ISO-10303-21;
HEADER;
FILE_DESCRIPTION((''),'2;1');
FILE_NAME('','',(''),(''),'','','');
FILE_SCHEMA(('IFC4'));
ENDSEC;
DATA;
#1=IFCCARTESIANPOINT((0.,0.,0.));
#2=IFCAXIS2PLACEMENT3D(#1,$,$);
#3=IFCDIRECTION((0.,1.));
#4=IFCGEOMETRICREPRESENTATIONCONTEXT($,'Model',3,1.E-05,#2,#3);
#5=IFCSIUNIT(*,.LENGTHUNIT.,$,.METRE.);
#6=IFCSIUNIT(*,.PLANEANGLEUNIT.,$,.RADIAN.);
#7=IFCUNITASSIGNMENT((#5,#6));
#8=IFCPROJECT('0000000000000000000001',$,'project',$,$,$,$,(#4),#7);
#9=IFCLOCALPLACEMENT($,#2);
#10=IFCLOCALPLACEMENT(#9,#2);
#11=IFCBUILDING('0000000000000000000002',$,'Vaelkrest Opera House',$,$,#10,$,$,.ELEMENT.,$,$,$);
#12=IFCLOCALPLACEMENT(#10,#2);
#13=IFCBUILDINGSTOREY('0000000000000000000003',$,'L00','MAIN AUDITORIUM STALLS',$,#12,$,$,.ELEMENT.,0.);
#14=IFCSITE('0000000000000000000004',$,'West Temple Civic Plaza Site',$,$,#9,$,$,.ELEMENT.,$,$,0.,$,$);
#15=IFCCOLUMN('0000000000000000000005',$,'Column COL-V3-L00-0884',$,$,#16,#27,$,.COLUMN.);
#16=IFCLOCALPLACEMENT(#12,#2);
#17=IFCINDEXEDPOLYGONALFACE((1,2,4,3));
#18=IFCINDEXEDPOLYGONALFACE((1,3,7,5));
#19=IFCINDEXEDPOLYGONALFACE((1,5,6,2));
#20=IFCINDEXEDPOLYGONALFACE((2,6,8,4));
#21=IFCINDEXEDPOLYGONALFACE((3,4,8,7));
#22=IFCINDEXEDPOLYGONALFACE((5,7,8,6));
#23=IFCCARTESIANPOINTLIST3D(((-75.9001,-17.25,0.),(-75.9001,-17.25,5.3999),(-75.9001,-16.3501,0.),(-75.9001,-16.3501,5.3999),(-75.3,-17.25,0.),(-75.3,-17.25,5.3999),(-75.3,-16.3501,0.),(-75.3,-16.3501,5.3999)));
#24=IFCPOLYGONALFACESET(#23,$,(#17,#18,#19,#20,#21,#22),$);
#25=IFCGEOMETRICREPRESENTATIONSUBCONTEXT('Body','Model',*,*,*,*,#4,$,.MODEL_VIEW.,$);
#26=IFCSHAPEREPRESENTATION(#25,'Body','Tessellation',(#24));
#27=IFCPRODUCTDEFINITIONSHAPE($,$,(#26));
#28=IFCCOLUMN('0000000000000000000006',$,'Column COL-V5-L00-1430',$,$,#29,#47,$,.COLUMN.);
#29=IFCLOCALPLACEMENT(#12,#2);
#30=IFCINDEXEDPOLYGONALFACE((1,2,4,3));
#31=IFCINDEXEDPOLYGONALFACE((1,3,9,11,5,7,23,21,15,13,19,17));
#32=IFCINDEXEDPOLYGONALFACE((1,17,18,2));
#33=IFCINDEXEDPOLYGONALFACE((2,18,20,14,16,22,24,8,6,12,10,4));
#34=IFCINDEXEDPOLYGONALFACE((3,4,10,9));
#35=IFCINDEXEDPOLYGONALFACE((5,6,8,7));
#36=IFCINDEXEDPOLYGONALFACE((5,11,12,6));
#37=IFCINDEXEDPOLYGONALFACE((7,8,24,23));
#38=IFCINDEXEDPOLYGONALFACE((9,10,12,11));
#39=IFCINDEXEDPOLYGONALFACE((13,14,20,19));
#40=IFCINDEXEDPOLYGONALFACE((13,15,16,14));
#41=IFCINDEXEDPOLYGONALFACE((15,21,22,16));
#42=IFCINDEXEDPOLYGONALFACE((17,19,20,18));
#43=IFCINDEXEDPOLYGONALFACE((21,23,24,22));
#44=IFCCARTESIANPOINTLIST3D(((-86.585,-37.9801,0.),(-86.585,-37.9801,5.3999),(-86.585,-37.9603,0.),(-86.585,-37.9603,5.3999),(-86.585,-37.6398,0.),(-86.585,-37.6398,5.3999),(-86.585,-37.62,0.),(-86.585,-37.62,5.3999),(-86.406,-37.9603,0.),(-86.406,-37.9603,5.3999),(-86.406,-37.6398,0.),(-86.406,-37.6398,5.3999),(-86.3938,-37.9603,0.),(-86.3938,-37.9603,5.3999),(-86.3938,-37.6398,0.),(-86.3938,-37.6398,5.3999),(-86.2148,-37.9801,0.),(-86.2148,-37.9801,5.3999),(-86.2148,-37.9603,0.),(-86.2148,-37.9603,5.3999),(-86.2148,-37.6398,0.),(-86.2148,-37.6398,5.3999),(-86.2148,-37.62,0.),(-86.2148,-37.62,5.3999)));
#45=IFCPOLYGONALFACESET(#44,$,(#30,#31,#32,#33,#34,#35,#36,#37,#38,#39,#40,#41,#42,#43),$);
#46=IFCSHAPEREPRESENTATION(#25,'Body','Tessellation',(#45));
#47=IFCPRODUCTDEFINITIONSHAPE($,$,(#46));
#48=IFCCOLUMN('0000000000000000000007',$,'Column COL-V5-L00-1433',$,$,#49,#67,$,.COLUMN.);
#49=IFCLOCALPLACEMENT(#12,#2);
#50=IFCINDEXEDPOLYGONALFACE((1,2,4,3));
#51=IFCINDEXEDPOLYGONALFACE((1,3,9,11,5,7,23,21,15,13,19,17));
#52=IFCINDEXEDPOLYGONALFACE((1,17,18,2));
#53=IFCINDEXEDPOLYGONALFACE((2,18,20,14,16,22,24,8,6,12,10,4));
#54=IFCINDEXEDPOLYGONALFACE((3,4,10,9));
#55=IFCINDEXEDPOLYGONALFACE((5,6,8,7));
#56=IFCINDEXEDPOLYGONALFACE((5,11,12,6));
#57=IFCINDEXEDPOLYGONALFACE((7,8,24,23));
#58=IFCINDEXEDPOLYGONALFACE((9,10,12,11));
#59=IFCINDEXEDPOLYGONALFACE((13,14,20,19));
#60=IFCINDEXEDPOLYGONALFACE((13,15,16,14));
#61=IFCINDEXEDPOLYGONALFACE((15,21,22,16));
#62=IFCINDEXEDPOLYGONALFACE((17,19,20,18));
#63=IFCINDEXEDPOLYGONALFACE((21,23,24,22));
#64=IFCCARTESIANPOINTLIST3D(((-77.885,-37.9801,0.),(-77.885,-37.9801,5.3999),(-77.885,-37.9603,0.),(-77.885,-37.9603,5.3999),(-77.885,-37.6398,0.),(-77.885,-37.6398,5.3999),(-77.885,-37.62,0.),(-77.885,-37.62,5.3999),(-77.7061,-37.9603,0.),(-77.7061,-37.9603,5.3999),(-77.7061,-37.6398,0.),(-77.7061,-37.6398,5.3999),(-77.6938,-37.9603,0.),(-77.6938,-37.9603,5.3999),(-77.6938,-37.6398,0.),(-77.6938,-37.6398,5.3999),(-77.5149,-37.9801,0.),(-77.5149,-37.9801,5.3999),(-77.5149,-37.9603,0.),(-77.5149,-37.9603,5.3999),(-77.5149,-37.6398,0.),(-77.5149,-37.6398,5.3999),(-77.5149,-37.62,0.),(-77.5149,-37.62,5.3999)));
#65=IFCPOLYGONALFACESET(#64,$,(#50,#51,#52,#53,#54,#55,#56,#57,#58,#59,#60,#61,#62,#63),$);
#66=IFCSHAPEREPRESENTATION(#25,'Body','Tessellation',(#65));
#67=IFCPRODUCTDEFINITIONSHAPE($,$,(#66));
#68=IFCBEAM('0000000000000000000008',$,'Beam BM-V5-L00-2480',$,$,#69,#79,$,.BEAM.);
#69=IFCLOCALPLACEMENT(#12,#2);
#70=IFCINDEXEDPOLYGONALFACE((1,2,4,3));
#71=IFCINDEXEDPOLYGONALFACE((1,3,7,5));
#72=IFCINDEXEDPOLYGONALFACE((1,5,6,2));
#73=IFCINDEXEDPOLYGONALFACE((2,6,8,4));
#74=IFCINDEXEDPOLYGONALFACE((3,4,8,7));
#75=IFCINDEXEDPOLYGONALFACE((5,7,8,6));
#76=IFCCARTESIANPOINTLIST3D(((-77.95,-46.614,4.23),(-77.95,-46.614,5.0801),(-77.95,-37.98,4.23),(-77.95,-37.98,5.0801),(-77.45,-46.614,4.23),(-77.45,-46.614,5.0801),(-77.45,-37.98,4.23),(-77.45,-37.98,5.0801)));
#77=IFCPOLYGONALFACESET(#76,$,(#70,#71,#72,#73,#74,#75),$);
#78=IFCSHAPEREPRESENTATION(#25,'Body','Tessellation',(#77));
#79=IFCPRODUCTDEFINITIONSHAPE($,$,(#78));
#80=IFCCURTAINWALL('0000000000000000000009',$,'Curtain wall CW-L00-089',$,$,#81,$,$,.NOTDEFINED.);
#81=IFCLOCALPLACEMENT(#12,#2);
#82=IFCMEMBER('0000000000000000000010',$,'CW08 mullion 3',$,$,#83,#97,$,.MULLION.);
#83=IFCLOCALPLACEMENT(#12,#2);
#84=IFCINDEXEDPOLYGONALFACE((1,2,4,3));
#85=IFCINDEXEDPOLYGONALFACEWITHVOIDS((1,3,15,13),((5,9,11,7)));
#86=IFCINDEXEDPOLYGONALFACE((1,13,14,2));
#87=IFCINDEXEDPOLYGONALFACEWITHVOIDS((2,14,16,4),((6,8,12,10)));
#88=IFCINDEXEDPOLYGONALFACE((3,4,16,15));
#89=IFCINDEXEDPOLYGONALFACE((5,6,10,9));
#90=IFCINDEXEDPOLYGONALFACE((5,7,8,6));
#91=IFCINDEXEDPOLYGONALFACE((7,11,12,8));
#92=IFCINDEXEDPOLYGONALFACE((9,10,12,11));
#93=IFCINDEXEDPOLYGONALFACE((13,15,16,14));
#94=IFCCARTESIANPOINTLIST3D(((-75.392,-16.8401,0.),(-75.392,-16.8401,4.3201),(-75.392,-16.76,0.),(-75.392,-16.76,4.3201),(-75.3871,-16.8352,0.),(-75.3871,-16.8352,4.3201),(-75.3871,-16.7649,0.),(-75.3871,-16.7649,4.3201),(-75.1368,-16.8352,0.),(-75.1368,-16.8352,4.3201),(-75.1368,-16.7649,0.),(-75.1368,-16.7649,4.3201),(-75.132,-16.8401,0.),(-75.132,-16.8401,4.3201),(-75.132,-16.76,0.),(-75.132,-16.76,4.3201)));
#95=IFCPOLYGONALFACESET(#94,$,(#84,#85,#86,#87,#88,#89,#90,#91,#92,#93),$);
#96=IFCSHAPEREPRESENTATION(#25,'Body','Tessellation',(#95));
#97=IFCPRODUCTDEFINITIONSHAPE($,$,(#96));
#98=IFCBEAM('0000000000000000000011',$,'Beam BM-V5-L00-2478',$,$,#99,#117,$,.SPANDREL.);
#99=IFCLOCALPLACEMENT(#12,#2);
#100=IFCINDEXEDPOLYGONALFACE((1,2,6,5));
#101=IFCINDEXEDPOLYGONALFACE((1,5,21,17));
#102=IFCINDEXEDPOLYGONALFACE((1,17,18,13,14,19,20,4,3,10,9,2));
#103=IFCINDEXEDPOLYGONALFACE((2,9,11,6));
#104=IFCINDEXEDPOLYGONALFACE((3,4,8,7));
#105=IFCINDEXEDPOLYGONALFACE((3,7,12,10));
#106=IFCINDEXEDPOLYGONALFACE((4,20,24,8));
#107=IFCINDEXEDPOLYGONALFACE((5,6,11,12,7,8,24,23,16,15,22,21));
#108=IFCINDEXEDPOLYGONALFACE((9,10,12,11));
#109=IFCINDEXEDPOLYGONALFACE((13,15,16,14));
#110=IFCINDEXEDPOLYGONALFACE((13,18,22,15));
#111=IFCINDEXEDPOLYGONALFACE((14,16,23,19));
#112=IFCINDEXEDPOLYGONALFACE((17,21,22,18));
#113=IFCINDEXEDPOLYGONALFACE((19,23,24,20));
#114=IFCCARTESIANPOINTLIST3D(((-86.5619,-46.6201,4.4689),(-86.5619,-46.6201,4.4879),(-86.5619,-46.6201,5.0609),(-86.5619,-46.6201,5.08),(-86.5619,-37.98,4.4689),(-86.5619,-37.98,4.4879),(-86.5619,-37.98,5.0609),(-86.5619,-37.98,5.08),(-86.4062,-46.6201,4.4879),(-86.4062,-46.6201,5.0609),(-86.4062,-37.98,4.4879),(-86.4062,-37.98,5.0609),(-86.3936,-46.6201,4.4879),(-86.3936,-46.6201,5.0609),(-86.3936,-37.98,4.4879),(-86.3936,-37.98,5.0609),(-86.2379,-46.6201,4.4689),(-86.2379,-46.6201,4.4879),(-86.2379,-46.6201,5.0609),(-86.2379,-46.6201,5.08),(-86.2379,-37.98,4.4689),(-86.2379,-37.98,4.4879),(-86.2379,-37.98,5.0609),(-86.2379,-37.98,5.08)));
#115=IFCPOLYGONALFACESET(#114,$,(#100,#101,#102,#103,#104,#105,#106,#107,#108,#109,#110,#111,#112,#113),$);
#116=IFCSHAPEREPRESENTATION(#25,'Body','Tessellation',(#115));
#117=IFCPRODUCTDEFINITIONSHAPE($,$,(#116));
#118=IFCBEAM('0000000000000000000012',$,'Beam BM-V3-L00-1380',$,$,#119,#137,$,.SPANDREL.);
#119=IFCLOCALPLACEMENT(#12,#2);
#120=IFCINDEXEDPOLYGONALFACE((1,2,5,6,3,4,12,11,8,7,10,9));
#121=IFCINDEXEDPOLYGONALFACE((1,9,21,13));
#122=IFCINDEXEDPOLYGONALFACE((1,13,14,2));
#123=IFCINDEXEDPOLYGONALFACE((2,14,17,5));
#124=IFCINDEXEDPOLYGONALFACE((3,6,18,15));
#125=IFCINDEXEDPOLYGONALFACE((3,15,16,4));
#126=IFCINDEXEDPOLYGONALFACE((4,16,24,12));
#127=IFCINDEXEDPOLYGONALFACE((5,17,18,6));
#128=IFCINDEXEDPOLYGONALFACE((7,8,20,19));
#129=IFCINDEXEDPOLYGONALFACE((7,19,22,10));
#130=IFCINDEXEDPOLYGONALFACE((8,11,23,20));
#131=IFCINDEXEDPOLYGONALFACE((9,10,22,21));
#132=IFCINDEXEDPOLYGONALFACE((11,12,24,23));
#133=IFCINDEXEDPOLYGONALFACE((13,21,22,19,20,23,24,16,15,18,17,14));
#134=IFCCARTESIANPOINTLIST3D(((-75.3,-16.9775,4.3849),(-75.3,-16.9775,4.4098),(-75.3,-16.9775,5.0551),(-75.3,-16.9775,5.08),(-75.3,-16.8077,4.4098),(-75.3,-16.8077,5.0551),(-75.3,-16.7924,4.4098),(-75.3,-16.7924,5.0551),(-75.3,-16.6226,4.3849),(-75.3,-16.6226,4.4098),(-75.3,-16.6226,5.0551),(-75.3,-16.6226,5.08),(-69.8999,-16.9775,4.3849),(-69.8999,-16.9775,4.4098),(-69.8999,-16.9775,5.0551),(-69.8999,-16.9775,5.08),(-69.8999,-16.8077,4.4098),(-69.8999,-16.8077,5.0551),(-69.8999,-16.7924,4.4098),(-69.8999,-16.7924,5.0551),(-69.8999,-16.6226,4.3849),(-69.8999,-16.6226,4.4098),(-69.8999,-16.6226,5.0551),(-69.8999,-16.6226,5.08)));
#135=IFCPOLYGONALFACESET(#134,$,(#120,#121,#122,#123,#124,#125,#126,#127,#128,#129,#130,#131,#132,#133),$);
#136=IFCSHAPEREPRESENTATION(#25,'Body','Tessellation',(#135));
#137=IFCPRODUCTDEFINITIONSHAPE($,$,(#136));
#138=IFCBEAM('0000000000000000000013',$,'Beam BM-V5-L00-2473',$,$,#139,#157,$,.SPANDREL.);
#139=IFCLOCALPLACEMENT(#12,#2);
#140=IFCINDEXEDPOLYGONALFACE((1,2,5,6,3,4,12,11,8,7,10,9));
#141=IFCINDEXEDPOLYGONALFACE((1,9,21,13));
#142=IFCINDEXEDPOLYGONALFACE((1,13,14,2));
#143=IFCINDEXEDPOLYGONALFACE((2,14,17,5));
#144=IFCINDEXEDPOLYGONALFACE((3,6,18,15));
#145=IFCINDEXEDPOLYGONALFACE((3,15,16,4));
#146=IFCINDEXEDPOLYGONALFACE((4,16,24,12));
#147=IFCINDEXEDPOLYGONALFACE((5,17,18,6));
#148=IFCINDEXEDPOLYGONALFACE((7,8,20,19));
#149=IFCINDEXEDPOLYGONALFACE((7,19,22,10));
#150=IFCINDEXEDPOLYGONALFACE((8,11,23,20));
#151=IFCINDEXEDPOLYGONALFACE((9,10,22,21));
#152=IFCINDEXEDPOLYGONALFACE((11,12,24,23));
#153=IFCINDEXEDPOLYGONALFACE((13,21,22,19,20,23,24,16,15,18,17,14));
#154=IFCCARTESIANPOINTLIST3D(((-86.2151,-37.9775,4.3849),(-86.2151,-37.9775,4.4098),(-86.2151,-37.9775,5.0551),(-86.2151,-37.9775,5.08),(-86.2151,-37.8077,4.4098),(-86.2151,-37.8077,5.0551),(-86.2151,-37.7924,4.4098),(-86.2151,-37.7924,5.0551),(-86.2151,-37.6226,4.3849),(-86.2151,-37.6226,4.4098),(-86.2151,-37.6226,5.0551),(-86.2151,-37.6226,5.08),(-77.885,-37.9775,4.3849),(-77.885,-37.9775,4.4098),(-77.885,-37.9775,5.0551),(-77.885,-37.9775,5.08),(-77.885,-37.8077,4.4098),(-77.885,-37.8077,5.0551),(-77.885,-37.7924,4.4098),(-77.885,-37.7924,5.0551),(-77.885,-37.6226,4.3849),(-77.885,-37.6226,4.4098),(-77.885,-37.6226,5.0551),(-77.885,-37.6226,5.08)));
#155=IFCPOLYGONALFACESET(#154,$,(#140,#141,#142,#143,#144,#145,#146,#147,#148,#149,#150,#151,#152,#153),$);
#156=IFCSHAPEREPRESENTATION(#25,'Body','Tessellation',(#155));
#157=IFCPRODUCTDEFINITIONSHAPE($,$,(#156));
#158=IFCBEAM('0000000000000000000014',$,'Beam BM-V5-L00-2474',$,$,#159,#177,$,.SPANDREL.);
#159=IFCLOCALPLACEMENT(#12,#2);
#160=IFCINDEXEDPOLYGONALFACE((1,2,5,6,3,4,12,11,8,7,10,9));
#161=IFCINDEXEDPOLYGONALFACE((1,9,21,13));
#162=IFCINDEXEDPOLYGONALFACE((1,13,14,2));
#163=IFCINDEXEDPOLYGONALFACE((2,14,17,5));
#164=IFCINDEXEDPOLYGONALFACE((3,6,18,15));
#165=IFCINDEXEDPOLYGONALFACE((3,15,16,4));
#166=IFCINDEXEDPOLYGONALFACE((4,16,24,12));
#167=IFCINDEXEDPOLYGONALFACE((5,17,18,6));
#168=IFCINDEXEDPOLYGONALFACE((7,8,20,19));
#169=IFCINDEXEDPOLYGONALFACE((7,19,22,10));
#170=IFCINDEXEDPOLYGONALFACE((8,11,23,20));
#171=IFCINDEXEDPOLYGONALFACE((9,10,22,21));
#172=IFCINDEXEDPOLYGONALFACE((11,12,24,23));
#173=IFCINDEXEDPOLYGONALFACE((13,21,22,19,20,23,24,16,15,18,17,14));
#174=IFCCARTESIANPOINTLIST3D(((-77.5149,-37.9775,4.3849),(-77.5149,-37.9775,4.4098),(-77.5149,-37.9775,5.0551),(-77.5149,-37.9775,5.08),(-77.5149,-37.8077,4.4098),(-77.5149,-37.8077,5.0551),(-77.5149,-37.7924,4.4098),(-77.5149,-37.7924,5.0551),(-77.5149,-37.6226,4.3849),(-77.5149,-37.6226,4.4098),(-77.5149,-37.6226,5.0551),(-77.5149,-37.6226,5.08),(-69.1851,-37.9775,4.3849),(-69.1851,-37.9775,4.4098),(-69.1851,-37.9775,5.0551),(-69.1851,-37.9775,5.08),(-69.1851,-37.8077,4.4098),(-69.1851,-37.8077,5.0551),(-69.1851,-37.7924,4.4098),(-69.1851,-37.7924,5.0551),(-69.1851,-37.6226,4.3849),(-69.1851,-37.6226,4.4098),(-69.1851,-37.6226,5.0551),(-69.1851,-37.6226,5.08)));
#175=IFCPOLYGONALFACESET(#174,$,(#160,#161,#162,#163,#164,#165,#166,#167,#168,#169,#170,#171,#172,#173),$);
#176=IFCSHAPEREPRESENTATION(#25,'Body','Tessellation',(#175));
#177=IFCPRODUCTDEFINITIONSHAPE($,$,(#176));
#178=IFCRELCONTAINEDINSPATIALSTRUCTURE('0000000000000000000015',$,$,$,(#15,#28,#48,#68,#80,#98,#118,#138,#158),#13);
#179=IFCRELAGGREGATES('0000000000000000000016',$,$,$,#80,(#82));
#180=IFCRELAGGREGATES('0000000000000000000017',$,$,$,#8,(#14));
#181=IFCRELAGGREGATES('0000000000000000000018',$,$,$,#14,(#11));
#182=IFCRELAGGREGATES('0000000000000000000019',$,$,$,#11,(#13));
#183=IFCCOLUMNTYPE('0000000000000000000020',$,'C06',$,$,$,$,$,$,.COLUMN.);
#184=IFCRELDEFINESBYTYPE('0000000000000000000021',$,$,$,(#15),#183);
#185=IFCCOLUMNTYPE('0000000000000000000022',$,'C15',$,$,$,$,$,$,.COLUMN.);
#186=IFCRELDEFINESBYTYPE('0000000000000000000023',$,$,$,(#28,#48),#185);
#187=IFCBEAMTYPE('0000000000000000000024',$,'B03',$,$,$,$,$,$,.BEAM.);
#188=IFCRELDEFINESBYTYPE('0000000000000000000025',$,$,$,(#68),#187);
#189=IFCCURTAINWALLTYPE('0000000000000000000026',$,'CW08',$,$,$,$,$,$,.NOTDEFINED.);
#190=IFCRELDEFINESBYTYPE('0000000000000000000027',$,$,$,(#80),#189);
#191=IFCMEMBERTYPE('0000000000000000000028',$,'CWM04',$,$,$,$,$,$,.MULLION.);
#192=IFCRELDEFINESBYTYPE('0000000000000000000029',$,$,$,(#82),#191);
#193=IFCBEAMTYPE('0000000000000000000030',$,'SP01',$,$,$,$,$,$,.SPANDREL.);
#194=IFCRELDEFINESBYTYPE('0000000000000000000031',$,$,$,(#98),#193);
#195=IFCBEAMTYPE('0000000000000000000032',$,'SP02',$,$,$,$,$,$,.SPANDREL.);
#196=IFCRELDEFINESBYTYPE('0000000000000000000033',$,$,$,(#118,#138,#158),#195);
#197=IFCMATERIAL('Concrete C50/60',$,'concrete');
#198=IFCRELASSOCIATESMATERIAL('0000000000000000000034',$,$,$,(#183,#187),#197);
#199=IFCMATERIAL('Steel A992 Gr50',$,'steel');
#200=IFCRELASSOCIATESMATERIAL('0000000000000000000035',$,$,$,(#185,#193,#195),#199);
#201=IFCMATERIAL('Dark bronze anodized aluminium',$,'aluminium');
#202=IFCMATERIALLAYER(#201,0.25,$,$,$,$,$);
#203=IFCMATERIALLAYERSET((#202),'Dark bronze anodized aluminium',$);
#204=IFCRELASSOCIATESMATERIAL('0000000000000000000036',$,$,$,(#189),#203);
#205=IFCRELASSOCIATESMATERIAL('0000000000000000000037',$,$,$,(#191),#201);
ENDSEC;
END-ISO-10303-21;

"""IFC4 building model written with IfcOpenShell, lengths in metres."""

from ifc_helpers import new_model, si_unit, direction, frame, origin, origin_2d, place, context, subcontext, project, spatial, rectangle, hollow_rectangle, i_section, extrude, material, layer, layer_set, material_profile, profile_set, type_object, element, aggregate, save


model = new_model("IFC4")

# Units and contexts
model_context = context("Model", 3, precision=1e-05, world=origin(), true_north=direction((0.0, 1.0)))
body_context = subcontext(model_context, "Body", "Model", "MODEL_VIEW")
ifc_project = project(units=[si_unit("LENGTHUNIT", "METRE"), si_unit("PLANEANGLEUNIT", "RADIAN")], contexts=[model_context])

# Site, building, storey
site_placement = place(None, origin())
site = spatial("IfcSite", under=ifc_project, at=site_placement, Name="West Temple Civic Plaza Site", CompositionType="ELEMENT", RefElevation=0.0)
building_placement = place(site_placement, origin())
building = spatial("IfcBuilding", under=site, at=building_placement, Name="Vaelkrest Opera House", CompositionType="ELEMENT")
storey_placement = place(building_placement, origin())
storey = spatial("IfcBuildingStorey", under=building, at=storey_placement, Name="L00", Description="MAIN AUDITORIUM STALLS", CompositionType="ELEMENT", Elevation=0.0)

# Columns
ifc_material_1 = material(Name="Concrete C50/60", Category="concrete")
ifc_material_profile_1 = material_profile(ifc_material_1, rectangle(XDim=0.6001, YDim=0.8999, at=origin_2d()), Name="RC600X900")
ifc_profile_set_1 = profile_set([ifc_material_profile_1], Name="Concrete C50/60")
column_type_1 = type_object("IfcColumnType", Name="C06", PredefinedType="COLUMN", material=ifc_profile_set_1)
column_placement = place(storey_placement, frame((-75.6001, -16.8, 0.0), z_axis=(0.0, 0.0, 1.0), x_axis=(1.0, 0.0, 0.0)))
element("IfcColumn", 1, at=column_placement, inside=storey, type_object=column_type_1, Name="Column COL-V3-L00-0884", PredefinedType="COLUMN", context=body_context, shape_type="SweptSolid", body=[
    extrude(rectangle(XDim=0.6001, YDim=0.8999, at=origin_2d()), origin(), (0.0, 0.0, 1.0), 5.3999),
])
ifc_material_2 = material(Name="Steel A992 Gr50", Category="steel")
ifc_material_profile_2 = material_profile(ifc_material_2, i_section(OverallWidth=0.3701, OverallDepth=0.3601, WebThickness=0.0122, FlangeThickness=0.0198, at=origin_2d()), Name="W14X99")
ifc_profile_set_2 = profile_set([ifc_material_profile_2], Name="Steel A992 Gr50")
column_type_2 = type_object("IfcColumnType", Name="C15", PredefinedType="COLUMN", material=ifc_profile_set_2)
for number, where, z_axis, x_axis, name in (
    (2, (-86.3999, -37.8, 0.0), (0.0, 0.0, 1.0), (1.0, 0.0, 0.0), "Column COL-V5-L00-1430"),
    (3, (-77.7, -37.8, 0.0), (0.0, 0.0, 1.0), (1.0, 0.0, 0.0), "Column COL-V5-L00-1433"),
):
    element("IfcColumn", number, at=place(storey_placement, frame(where, z_axis=z_axis, x_axis=x_axis)), inside=storey, type_object=column_type_2, Name=name, PredefinedType="COLUMN", context=body_context, shape_type="SweptSolid", body=[
        extrude(i_section(OverallWidth=0.3701, OverallDepth=0.3601, WebThickness=0.0122, FlangeThickness=0.0198, at=origin_2d()), origin(), (0.0, 0.0, 1.0), 5.3999),
    ])

# Beam
ifc_material_profile_3 = material_profile(ifc_material_1, rectangle(XDim=0.5, YDim=0.8501, at=origin_2d()), Name="RCB500X850")
ifc_profile_set_3 = profile_set([ifc_material_profile_3], Name="Concrete C50/60")
beam_type_1 = type_object("IfcBeamType", Name="B03", PredefinedType="BEAM", material=ifc_profile_set_3)
beam_1_placement = place(storey_placement, frame((-77.7, -46.614, 4.655), z_axis=(0.0, 1.0, 0.0), x_axis=(-1.0, 0.0, 0.0)))
element("IfcBeam", 4, at=beam_1_placement, inside=storey, type_object=beam_type_1, Name="Beam BM-V5-L00-2480", PredefinedType="BEAM", context=body_context, shape_type="SweptSolid", body=[
    extrude(rectangle(XDim=0.5, YDim=0.8501, at=origin_2d()), origin(), (0.0, 0.0, 1.0), 8.634),
])

# Curtain wall, member
ifc_material_3 = material(Name="Dark bronze anodized aluminium", Category="aluminium")
ifc_layer_1 = layer(ifc_material_3, 0.25)
ifc_layer_set_1 = layer_set([ifc_layer_1], Name="Dark bronze anodized aluminium")
curtain_wall_type = type_object("IfcCurtainWallType", Name="CW08", PredefinedType="NOTDEFINED", material=ifc_layer_set_1)
curtain_wall_placement = place(storey_placement, origin())
curtain_wall = element("IfcCurtainWall", 5, at=curtain_wall_placement, inside=storey, type_object=curtain_wall_type, Name="Curtain wall CW-L00-089", PredefinedType="NOTDEFINED")
ifc_material_profile_4 = material_profile(ifc_material_3, hollow_rectangle(XDim=0.0801, YDim=0.26, WallThickness=0.0049, at=origin_2d()), Name="CWM80X260")
ifc_profile_set_4 = profile_set([ifc_material_profile_4], Name="Dark bronze anodized aluminium")
member_type = type_object("IfcMemberType", Name="CWM04", PredefinedType="MULLION", material=ifc_profile_set_4)
member_placement = place(storey_placement, frame((-75.262, -16.8, 0.0), z_axis=(0.0, 0.0, 1.0), x_axis=(0.0, -1.0, 0.0)))
member = element("IfcMember", 6, at=member_placement, type_object=member_type, Name="CW08 mullion 3", PredefinedType="MULLION", context=body_context, shape_type="SweptSolid", body=[
    extrude(hollow_rectangle(XDim=0.0801, YDim=0.26, WallThickness=0.0049, at=origin_2d()), origin(), (0.0, 0.0, 1.0), 4.3201),
])

# Beams
ifc_material_profile_5 = material_profile(ifc_material_2, i_section(OverallWidth=0.324, OverallDepth=0.6111, WebThickness=0.0127, FlangeThickness=0.019, at=origin_2d()), Name="W24X104")
ifc_profile_set_5 = profile_set([ifc_material_profile_5], Name="Steel A992 Gr50")
beam_type_2 = type_object("IfcBeamType", Name="SP01", PredefinedType="SPANDREL", material=ifc_profile_set_5)
beam_2_placement = place(storey_placement, frame((-86.3999, -46.6201, 4.7744), z_axis=(0.0, 1.0, 0.0), x_axis=(-1.0, 0.0, 0.0)))
element("IfcBeam", 7, at=beam_2_placement, inside=storey, type_object=beam_type_2, Name="Beam BM-V5-L00-2478", PredefinedType="SPANDREL", context=body_context, shape_type="SweptSolid", body=[
    extrude(i_section(OverallWidth=0.324, OverallDepth=0.6111, WebThickness=0.0127, FlangeThickness=0.019, at=origin_2d()), origin(), (0.0, 0.0, 1.0), 8.6401),
])
ifc_material_profile_6 = material_profile(ifc_material_2, i_section(OverallWidth=0.355, OverallDepth=0.6951, WebThickness=0.0154, FlangeThickness=0.0249, at=origin_2d()), Name="W27X146")
ifc_profile_set_6 = profile_set([ifc_material_profile_6], Name="Steel A992 Gr50")
beam_type_3 = type_object("IfcBeamType", Name="SP02", PredefinedType="SPANDREL", material=ifc_profile_set_6)
beam_3_placement = place(storey_placement, frame((-75.3, -16.8, 4.7324), z_axis=(1.0, 0.0, 0.0), x_axis=(0.0, 1.0, 0.0)))
element("IfcBeam", 8, at=beam_3_placement, inside=storey, type_object=beam_type_3, Name="Beam BM-V3-L00-1380", PredefinedType="SPANDREL", context=body_context, shape_type="SweptSolid", body=[
    extrude(i_section(OverallWidth=0.355, OverallDepth=0.6951, WebThickness=0.0154, FlangeThickness=0.0249, at=origin_2d()), origin(), (0.0, 0.0, 1.0), 5.4001),
])
beam_4_placement = place(storey_placement, frame((-86.2151, -37.8, 4.7324), z_axis=(1.0, 0.0, 0.0), x_axis=(0.0, 1.0, 0.0)))
element("IfcBeam", 9, at=beam_4_placement, inside=storey, type_object=beam_type_3, Name="Beam BM-V5-L00-2473", PredefinedType="SPANDREL", context=body_context, shape_type="SweptSolid", body=[
    extrude(i_section(OverallWidth=0.355, OverallDepth=0.6951, WebThickness=0.0154, FlangeThickness=0.0249, at=origin_2d()), origin(), (0.0, 0.0, 1.0), 8.3301),
])
beam_5_placement = place(storey_placement, frame((-77.5149, -37.8, 4.7324), z_axis=(1.0, 0.0, 0.0), x_axis=(0.0, 1.0, 0.0)))
element("IfcBeam", 10, at=beam_5_placement, inside=storey, type_object=beam_type_3, Name="Beam BM-V5-L00-2474", PredefinedType="SPANDREL", context=body_context, shape_type="SweptSolid", body=[
    extrude(i_section(OverallWidth=0.355, OverallDepth=0.6951, WebThickness=0.0154, FlangeThickness=0.0249, at=origin_2d()), origin(), (0.0, 0.0, 1.0), 8.3298),
])

aggregate(curtain_wall, [member])

save(model, "model.ifc")
